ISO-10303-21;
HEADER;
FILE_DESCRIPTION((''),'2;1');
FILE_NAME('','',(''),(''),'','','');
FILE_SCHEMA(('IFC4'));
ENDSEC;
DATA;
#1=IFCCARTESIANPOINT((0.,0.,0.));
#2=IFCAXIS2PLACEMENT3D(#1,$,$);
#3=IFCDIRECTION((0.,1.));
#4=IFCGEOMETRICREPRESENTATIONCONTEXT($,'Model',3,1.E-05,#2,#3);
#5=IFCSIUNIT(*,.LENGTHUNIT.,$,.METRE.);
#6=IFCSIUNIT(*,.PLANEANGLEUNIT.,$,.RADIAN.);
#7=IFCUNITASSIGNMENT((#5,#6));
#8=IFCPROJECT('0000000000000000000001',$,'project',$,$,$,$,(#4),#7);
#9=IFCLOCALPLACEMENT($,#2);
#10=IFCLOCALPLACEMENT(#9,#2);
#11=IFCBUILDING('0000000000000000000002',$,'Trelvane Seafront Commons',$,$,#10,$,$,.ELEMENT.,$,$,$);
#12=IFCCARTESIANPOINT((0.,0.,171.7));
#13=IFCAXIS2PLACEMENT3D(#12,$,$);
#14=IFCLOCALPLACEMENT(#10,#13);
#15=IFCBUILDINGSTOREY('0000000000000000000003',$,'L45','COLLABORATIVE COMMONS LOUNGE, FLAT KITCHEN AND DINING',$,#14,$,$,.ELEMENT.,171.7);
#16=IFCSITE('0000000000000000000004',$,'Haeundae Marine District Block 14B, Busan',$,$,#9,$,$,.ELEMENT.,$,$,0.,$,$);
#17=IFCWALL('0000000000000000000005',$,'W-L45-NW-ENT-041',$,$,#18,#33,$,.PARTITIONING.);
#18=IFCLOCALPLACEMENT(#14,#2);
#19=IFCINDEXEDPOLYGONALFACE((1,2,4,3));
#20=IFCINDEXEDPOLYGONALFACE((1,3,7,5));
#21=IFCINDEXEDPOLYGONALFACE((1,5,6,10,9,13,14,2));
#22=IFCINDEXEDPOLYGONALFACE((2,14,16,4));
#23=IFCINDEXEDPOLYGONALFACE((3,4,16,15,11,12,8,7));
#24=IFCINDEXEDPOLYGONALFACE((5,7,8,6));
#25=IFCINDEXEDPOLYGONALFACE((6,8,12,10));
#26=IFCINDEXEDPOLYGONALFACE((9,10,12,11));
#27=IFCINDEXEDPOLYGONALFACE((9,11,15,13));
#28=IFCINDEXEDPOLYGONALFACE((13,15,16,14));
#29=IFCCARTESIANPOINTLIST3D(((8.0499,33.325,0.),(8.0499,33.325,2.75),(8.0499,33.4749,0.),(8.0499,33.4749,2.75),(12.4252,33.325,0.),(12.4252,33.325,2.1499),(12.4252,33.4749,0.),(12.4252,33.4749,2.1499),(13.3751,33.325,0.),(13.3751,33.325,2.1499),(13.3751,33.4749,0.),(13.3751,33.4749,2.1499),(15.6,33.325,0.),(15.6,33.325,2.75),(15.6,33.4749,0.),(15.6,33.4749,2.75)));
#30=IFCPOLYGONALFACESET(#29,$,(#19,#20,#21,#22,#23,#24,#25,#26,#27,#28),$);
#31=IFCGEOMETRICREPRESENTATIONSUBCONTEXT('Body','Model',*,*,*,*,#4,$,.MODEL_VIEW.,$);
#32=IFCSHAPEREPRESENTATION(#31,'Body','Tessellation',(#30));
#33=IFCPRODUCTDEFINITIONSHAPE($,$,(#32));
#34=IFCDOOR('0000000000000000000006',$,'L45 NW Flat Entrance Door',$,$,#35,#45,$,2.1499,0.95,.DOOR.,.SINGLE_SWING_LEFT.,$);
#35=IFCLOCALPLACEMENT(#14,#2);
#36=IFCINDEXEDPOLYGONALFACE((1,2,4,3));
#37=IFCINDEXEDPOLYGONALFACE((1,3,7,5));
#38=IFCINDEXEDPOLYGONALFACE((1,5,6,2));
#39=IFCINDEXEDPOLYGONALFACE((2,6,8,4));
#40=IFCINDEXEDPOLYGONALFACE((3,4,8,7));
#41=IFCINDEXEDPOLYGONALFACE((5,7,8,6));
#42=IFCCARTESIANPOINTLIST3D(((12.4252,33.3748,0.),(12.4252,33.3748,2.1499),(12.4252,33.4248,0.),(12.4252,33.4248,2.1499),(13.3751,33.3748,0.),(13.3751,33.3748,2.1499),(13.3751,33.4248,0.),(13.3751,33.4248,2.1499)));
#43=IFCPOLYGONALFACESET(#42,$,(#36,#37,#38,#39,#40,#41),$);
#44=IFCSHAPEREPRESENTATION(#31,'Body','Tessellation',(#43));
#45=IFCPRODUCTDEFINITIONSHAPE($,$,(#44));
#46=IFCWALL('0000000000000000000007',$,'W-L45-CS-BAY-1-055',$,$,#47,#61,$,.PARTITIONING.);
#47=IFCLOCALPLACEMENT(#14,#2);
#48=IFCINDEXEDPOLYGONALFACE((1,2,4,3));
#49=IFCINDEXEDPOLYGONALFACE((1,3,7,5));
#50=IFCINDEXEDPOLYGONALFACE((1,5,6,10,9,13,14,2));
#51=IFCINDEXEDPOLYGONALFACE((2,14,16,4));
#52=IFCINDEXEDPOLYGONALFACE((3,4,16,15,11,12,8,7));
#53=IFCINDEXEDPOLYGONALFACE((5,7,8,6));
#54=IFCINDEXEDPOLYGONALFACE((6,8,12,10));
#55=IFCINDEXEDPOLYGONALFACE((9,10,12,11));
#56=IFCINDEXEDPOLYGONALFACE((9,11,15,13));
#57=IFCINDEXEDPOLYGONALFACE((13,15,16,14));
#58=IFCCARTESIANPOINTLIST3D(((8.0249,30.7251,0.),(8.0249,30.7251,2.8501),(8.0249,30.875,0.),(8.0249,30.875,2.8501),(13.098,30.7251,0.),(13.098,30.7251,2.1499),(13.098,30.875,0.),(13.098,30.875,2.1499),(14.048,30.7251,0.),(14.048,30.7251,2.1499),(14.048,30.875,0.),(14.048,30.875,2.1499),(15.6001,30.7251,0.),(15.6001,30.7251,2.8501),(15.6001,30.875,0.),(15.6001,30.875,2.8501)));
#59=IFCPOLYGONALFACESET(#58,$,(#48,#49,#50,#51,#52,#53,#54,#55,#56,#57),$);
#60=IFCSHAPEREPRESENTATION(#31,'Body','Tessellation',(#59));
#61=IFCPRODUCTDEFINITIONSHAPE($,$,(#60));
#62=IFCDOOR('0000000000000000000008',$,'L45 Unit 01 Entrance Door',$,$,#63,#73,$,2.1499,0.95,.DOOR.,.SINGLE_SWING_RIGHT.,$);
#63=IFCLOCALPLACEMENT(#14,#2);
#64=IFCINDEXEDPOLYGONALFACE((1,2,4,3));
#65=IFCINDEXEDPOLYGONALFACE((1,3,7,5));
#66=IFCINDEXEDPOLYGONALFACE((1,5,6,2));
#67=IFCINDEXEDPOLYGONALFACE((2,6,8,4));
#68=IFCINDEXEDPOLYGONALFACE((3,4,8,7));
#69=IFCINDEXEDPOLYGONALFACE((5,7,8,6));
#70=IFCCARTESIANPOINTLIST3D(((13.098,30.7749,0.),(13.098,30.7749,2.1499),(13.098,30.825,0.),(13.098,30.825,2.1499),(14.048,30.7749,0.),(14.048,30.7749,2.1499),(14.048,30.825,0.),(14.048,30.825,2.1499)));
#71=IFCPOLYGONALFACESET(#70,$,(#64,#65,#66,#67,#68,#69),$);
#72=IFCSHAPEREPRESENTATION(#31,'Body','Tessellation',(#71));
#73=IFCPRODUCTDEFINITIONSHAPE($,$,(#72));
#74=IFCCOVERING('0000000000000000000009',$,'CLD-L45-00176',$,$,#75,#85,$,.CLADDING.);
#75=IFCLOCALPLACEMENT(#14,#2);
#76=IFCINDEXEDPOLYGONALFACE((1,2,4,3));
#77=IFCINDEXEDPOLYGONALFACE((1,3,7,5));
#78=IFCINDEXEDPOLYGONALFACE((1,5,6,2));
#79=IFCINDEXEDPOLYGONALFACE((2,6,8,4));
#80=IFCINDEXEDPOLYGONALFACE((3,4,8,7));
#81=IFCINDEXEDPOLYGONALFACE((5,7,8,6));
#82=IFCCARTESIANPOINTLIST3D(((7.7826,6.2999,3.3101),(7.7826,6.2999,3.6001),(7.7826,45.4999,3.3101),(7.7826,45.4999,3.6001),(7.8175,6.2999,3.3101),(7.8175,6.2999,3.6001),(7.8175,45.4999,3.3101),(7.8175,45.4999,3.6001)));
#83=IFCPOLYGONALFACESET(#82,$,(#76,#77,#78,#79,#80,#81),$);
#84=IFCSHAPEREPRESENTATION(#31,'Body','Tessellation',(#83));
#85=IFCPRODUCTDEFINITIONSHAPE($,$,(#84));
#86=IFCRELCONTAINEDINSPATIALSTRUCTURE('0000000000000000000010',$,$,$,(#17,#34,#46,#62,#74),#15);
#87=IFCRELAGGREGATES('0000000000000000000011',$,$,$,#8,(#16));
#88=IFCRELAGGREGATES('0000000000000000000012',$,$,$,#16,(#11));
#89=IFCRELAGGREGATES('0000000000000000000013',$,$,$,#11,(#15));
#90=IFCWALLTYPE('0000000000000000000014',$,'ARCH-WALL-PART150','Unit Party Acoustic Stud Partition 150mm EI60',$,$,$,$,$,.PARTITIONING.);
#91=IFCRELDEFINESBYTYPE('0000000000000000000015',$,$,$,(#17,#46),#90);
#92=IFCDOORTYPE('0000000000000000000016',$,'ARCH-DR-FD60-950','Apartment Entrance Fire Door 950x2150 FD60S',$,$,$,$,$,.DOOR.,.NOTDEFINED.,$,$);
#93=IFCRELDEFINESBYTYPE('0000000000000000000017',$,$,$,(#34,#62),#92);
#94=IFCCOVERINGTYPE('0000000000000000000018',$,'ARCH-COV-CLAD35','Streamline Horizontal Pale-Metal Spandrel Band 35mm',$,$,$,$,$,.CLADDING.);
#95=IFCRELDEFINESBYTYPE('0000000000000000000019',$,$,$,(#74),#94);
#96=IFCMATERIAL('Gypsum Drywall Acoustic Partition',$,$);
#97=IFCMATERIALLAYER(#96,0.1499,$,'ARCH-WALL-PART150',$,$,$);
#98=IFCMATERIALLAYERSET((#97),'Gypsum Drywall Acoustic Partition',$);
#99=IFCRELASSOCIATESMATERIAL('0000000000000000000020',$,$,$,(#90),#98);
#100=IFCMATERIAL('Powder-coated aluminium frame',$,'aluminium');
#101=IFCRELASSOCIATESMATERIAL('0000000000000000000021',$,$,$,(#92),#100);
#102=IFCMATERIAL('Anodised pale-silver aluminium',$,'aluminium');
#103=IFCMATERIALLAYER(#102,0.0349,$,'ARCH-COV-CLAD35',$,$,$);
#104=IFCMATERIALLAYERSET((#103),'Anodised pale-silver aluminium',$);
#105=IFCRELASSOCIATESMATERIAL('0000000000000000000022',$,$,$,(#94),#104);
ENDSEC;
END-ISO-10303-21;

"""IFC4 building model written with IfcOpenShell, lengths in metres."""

from ifc_helpers import new_model, si_unit, direction, frame, frame_2d, origin, origin_2d, place, context, subcontext, project, spatial, rectangle, extrude, source, transform, mapped, material, layer, layer_set, type_object, element, fill, save


model = new_model("IFC4")

# Units and contexts
model_context = context("Model", 3, precision=1e-05, world=origin(), true_north=direction((0.0, 1.0)))
body_context = subcontext(model_context, "Body", "Model", "MODEL_VIEW")
ifc_project = project(units=[si_unit("LENGTHUNIT", "METRE"), si_unit("PLANEANGLEUNIT", "RADIAN")], contexts=[model_context])

# Site, building, storey
site_placement = place(None, origin())
site = spatial("IfcSite", under=ifc_project, at=site_placement, Name="Haeundae Marine District Block 14B, Busan", CompositionType="ELEMENT", RefElevation=0.0)
building_placement = place(site_placement, origin())
building = spatial("IfcBuilding", under=site, at=building_placement, Name="Trelvane Seafront Commons", CompositionType="ELEMENT")
storey_placement = place(building_placement, frame((0.0, 0.0, 171.7)))
storey = spatial("IfcBuildingStorey", under=building, at=storey_placement, Name="L45", Description="COLLABORATIVE COMMONS LOUNGE, FLAT KITCHEN AND DINING", CompositionType="ELEMENT", Elevation=171.7)

# Shared definitions
ifc_material_1 = material(Name="Gypsum Drywall Acoustic Partition")

# Walls, openings, doors
shared_shape_1 = source(origin(), body_context, "Body", "SweptSolid", [
    extrude(rectangle(XDim=0.95, YDim=2.1499, at=frame_2d((0.4751, 1.075))), frame((0.0, 0.0249, 0.0), z_axis=(0.0, -1.0, 0.0), x_axis=(1.0, 0.0, 0.0)), (0.0, 0.0, 1.0), 0.05),
])
ifc_layer_1 = layer(ifc_material_1, 0.1499, Name="ARCH-WALL-PART150")
ifc_layer_set_1 = layer_set([ifc_layer_1], Name="Gypsum Drywall Acoustic Partition")
wall_type_1 = type_object("IfcWallType", Name="ARCH-WALL-PART150", Description="Unit Party Acoustic Stud Partition 150mm EI60", PredefinedType="PARTITIONING", material=ifc_layer_set_1)
wall_1_placement = place(storey_placement, frame((8.05, 33.3999, 0.0), z_axis=(0.0, 0.0, 1.0), x_axis=(1.0, 0.0, 0.0)))
wall_1 = element("IfcWall", 1, at=wall_1_placement, inside=storey, type_object=wall_type_1, Name="W-L45-NW-ENT-041", PredefinedType="PARTITIONING", context=body_context, shape_type="SweptSolid", body=[
    extrude(rectangle(XDim=7.55, YDim=0.1499, at=frame_2d((3.7749, 0.0))), origin(), (0.0, 0.0, 1.0), 2.75),
])
opening_1_placement = place(wall_1_placement, frame((4.375, 0.0, 0.0)))
opening_1 = element("IfcOpeningElement", 2, at=opening_1_placement, cuts=wall_1, PredefinedType="OPENING", context=body_context, shape_type="SweptSolid", body=[
    extrude(rectangle(XDim=0.95, YDim=2.1499, at=frame_2d((0.4751, 1.075))), frame((0.0, 0.085, 0.0), z_axis=(0.0, -1.0, 0.0), x_axis=(1.0, 0.0, 0.0)), (0.0, 0.0, 1.0), 0.1699),
])
ifc_material_2 = material(Name="Powder-coated aluminium frame", Category="aluminium")
door_type_1 = type_object("IfcDoorType", Name="ARCH-DR-FD60-950", Description="Apartment Entrance Fire Door 950x2150 FD60S", OperationType="NOTDEFINED", PredefinedType="DOOR", material=ifc_material_2)
door_1_placement = place(opening_1_placement, origin())
door_1 = element("IfcDoor", 3, at=door_1_placement, inside=storey, type_object=door_type_1, Name="L45 NW Flat Entrance Door", OperationType="SINGLE_SWING_LEFT", OverallHeight=2.1499, OverallWidth=0.95, PredefinedType="DOOR", context=body_context, shape_type="MappedRepresentation", body=[
    mapped(shared_shape_1, transform((0.0, 0.0, 0.0), x_axis=(1.0, 0.0, 0.0), y_axis=(0.0, 1.0, 0.0), z_axis=(0.0, 0.0, 1.0), scale=1.0)),
])
fill(opening_1, door_1)
wall_2_placement = place(storey_placement, frame((8.0249, 30.8, 0.0), z_axis=(0.0, 0.0, 1.0), x_axis=(1.0, 0.0, 0.0)))
wall_2 = element("IfcWall", 4, at=wall_2_placement, inside=storey, type_object=wall_type_1, Name="W-L45-CS-BAY-1-055", PredefinedType="PARTITIONING", context=body_context, shape_type="SweptSolid", body=[
    extrude(rectangle(XDim=7.5752, YDim=0.1499, at=frame_2d((3.7876, 0.0))), origin(), (0.0, 0.0, 1.0), 2.8501),
])
opening_2_placement = place(wall_2_placement, frame((5.073, 0.0, 0.0)))
opening_2 = element("IfcOpeningElement", 5, at=opening_2_placement, cuts=wall_2, PredefinedType="OPENING", context=body_context, shape_type="SweptSolid", body=[
    extrude(rectangle(XDim=0.95, YDim=2.1499, at=frame_2d((0.4751, 1.075))), frame((0.0, 0.085, 0.0), z_axis=(0.0, -1.0, 0.0), x_axis=(1.0, 0.0, 0.0)), (0.0, 0.0, 1.0), 0.1699),
])
door_2_placement = place(opening_2_placement, origin())
door_2 = element("IfcDoor", 6, at=door_2_placement, inside=storey, type_object=door_type_1, Name="L45 Unit 01 Entrance Door", OperationType="SINGLE_SWING_RIGHT", OverallHeight=2.1499, OverallWidth=0.95, PredefinedType="DOOR", context=body_context, shape_type="MappedRepresentation", body=[
    mapped(shared_shape_1, transform((0.0, 0.0, 0.0), x_axis=(1.0, 0.0, 0.0), y_axis=(0.0, 1.0, 0.0), z_axis=(0.0, 0.0, 1.0), scale=1.0)),
])
fill(opening_2, door_2)

# Covering
ifc_material_3 = material(Name="Anodised pale-silver aluminium", Category="aluminium")
ifc_layer_2 = layer(ifc_material_3, 0.0349, Name="ARCH-COV-CLAD35")
ifc_layer_set_2 = layer_set([ifc_layer_2], Name="Anodised pale-silver aluminium")
covering_type = type_object("IfcCoveringType", Name="ARCH-COV-CLAD35", Description="Streamline Horizontal Pale-Metal Spandrel Band 35mm", PredefinedType="CLADDING", material=ifc_layer_set_2)
shared_shape_2 = source(origin(), body_context, "Body", "SweptSolid", [
    extrude(rectangle(XDim=39.2, YDim=0.0349, at=origin_2d()), origin(), (0.0, 0.0, 1.0), 0.29),
])
covering_placement = place(storey_placement, frame((7.8, 25.8999, 3.3101), z_axis=(0.0, 0.0, 1.0), x_axis=(0.0, 1.0, 0.0)))
element("IfcCovering", 7, at=covering_placement, inside=storey, type_object=covering_type, Name="CLD-L45-00176", PredefinedType="CLADDING", context=body_context, shape_type="MappedRepresentation", body=[
    mapped(shared_shape_2, transform((0.0, 0.0, 0.0), x_axis=(1.0, 0.0, 0.0), y_axis=(0.0, 1.0, 0.0), z_axis=(0.0, 0.0, 1.0), scale=1.0)),
])

save(model, "model.ifc")
